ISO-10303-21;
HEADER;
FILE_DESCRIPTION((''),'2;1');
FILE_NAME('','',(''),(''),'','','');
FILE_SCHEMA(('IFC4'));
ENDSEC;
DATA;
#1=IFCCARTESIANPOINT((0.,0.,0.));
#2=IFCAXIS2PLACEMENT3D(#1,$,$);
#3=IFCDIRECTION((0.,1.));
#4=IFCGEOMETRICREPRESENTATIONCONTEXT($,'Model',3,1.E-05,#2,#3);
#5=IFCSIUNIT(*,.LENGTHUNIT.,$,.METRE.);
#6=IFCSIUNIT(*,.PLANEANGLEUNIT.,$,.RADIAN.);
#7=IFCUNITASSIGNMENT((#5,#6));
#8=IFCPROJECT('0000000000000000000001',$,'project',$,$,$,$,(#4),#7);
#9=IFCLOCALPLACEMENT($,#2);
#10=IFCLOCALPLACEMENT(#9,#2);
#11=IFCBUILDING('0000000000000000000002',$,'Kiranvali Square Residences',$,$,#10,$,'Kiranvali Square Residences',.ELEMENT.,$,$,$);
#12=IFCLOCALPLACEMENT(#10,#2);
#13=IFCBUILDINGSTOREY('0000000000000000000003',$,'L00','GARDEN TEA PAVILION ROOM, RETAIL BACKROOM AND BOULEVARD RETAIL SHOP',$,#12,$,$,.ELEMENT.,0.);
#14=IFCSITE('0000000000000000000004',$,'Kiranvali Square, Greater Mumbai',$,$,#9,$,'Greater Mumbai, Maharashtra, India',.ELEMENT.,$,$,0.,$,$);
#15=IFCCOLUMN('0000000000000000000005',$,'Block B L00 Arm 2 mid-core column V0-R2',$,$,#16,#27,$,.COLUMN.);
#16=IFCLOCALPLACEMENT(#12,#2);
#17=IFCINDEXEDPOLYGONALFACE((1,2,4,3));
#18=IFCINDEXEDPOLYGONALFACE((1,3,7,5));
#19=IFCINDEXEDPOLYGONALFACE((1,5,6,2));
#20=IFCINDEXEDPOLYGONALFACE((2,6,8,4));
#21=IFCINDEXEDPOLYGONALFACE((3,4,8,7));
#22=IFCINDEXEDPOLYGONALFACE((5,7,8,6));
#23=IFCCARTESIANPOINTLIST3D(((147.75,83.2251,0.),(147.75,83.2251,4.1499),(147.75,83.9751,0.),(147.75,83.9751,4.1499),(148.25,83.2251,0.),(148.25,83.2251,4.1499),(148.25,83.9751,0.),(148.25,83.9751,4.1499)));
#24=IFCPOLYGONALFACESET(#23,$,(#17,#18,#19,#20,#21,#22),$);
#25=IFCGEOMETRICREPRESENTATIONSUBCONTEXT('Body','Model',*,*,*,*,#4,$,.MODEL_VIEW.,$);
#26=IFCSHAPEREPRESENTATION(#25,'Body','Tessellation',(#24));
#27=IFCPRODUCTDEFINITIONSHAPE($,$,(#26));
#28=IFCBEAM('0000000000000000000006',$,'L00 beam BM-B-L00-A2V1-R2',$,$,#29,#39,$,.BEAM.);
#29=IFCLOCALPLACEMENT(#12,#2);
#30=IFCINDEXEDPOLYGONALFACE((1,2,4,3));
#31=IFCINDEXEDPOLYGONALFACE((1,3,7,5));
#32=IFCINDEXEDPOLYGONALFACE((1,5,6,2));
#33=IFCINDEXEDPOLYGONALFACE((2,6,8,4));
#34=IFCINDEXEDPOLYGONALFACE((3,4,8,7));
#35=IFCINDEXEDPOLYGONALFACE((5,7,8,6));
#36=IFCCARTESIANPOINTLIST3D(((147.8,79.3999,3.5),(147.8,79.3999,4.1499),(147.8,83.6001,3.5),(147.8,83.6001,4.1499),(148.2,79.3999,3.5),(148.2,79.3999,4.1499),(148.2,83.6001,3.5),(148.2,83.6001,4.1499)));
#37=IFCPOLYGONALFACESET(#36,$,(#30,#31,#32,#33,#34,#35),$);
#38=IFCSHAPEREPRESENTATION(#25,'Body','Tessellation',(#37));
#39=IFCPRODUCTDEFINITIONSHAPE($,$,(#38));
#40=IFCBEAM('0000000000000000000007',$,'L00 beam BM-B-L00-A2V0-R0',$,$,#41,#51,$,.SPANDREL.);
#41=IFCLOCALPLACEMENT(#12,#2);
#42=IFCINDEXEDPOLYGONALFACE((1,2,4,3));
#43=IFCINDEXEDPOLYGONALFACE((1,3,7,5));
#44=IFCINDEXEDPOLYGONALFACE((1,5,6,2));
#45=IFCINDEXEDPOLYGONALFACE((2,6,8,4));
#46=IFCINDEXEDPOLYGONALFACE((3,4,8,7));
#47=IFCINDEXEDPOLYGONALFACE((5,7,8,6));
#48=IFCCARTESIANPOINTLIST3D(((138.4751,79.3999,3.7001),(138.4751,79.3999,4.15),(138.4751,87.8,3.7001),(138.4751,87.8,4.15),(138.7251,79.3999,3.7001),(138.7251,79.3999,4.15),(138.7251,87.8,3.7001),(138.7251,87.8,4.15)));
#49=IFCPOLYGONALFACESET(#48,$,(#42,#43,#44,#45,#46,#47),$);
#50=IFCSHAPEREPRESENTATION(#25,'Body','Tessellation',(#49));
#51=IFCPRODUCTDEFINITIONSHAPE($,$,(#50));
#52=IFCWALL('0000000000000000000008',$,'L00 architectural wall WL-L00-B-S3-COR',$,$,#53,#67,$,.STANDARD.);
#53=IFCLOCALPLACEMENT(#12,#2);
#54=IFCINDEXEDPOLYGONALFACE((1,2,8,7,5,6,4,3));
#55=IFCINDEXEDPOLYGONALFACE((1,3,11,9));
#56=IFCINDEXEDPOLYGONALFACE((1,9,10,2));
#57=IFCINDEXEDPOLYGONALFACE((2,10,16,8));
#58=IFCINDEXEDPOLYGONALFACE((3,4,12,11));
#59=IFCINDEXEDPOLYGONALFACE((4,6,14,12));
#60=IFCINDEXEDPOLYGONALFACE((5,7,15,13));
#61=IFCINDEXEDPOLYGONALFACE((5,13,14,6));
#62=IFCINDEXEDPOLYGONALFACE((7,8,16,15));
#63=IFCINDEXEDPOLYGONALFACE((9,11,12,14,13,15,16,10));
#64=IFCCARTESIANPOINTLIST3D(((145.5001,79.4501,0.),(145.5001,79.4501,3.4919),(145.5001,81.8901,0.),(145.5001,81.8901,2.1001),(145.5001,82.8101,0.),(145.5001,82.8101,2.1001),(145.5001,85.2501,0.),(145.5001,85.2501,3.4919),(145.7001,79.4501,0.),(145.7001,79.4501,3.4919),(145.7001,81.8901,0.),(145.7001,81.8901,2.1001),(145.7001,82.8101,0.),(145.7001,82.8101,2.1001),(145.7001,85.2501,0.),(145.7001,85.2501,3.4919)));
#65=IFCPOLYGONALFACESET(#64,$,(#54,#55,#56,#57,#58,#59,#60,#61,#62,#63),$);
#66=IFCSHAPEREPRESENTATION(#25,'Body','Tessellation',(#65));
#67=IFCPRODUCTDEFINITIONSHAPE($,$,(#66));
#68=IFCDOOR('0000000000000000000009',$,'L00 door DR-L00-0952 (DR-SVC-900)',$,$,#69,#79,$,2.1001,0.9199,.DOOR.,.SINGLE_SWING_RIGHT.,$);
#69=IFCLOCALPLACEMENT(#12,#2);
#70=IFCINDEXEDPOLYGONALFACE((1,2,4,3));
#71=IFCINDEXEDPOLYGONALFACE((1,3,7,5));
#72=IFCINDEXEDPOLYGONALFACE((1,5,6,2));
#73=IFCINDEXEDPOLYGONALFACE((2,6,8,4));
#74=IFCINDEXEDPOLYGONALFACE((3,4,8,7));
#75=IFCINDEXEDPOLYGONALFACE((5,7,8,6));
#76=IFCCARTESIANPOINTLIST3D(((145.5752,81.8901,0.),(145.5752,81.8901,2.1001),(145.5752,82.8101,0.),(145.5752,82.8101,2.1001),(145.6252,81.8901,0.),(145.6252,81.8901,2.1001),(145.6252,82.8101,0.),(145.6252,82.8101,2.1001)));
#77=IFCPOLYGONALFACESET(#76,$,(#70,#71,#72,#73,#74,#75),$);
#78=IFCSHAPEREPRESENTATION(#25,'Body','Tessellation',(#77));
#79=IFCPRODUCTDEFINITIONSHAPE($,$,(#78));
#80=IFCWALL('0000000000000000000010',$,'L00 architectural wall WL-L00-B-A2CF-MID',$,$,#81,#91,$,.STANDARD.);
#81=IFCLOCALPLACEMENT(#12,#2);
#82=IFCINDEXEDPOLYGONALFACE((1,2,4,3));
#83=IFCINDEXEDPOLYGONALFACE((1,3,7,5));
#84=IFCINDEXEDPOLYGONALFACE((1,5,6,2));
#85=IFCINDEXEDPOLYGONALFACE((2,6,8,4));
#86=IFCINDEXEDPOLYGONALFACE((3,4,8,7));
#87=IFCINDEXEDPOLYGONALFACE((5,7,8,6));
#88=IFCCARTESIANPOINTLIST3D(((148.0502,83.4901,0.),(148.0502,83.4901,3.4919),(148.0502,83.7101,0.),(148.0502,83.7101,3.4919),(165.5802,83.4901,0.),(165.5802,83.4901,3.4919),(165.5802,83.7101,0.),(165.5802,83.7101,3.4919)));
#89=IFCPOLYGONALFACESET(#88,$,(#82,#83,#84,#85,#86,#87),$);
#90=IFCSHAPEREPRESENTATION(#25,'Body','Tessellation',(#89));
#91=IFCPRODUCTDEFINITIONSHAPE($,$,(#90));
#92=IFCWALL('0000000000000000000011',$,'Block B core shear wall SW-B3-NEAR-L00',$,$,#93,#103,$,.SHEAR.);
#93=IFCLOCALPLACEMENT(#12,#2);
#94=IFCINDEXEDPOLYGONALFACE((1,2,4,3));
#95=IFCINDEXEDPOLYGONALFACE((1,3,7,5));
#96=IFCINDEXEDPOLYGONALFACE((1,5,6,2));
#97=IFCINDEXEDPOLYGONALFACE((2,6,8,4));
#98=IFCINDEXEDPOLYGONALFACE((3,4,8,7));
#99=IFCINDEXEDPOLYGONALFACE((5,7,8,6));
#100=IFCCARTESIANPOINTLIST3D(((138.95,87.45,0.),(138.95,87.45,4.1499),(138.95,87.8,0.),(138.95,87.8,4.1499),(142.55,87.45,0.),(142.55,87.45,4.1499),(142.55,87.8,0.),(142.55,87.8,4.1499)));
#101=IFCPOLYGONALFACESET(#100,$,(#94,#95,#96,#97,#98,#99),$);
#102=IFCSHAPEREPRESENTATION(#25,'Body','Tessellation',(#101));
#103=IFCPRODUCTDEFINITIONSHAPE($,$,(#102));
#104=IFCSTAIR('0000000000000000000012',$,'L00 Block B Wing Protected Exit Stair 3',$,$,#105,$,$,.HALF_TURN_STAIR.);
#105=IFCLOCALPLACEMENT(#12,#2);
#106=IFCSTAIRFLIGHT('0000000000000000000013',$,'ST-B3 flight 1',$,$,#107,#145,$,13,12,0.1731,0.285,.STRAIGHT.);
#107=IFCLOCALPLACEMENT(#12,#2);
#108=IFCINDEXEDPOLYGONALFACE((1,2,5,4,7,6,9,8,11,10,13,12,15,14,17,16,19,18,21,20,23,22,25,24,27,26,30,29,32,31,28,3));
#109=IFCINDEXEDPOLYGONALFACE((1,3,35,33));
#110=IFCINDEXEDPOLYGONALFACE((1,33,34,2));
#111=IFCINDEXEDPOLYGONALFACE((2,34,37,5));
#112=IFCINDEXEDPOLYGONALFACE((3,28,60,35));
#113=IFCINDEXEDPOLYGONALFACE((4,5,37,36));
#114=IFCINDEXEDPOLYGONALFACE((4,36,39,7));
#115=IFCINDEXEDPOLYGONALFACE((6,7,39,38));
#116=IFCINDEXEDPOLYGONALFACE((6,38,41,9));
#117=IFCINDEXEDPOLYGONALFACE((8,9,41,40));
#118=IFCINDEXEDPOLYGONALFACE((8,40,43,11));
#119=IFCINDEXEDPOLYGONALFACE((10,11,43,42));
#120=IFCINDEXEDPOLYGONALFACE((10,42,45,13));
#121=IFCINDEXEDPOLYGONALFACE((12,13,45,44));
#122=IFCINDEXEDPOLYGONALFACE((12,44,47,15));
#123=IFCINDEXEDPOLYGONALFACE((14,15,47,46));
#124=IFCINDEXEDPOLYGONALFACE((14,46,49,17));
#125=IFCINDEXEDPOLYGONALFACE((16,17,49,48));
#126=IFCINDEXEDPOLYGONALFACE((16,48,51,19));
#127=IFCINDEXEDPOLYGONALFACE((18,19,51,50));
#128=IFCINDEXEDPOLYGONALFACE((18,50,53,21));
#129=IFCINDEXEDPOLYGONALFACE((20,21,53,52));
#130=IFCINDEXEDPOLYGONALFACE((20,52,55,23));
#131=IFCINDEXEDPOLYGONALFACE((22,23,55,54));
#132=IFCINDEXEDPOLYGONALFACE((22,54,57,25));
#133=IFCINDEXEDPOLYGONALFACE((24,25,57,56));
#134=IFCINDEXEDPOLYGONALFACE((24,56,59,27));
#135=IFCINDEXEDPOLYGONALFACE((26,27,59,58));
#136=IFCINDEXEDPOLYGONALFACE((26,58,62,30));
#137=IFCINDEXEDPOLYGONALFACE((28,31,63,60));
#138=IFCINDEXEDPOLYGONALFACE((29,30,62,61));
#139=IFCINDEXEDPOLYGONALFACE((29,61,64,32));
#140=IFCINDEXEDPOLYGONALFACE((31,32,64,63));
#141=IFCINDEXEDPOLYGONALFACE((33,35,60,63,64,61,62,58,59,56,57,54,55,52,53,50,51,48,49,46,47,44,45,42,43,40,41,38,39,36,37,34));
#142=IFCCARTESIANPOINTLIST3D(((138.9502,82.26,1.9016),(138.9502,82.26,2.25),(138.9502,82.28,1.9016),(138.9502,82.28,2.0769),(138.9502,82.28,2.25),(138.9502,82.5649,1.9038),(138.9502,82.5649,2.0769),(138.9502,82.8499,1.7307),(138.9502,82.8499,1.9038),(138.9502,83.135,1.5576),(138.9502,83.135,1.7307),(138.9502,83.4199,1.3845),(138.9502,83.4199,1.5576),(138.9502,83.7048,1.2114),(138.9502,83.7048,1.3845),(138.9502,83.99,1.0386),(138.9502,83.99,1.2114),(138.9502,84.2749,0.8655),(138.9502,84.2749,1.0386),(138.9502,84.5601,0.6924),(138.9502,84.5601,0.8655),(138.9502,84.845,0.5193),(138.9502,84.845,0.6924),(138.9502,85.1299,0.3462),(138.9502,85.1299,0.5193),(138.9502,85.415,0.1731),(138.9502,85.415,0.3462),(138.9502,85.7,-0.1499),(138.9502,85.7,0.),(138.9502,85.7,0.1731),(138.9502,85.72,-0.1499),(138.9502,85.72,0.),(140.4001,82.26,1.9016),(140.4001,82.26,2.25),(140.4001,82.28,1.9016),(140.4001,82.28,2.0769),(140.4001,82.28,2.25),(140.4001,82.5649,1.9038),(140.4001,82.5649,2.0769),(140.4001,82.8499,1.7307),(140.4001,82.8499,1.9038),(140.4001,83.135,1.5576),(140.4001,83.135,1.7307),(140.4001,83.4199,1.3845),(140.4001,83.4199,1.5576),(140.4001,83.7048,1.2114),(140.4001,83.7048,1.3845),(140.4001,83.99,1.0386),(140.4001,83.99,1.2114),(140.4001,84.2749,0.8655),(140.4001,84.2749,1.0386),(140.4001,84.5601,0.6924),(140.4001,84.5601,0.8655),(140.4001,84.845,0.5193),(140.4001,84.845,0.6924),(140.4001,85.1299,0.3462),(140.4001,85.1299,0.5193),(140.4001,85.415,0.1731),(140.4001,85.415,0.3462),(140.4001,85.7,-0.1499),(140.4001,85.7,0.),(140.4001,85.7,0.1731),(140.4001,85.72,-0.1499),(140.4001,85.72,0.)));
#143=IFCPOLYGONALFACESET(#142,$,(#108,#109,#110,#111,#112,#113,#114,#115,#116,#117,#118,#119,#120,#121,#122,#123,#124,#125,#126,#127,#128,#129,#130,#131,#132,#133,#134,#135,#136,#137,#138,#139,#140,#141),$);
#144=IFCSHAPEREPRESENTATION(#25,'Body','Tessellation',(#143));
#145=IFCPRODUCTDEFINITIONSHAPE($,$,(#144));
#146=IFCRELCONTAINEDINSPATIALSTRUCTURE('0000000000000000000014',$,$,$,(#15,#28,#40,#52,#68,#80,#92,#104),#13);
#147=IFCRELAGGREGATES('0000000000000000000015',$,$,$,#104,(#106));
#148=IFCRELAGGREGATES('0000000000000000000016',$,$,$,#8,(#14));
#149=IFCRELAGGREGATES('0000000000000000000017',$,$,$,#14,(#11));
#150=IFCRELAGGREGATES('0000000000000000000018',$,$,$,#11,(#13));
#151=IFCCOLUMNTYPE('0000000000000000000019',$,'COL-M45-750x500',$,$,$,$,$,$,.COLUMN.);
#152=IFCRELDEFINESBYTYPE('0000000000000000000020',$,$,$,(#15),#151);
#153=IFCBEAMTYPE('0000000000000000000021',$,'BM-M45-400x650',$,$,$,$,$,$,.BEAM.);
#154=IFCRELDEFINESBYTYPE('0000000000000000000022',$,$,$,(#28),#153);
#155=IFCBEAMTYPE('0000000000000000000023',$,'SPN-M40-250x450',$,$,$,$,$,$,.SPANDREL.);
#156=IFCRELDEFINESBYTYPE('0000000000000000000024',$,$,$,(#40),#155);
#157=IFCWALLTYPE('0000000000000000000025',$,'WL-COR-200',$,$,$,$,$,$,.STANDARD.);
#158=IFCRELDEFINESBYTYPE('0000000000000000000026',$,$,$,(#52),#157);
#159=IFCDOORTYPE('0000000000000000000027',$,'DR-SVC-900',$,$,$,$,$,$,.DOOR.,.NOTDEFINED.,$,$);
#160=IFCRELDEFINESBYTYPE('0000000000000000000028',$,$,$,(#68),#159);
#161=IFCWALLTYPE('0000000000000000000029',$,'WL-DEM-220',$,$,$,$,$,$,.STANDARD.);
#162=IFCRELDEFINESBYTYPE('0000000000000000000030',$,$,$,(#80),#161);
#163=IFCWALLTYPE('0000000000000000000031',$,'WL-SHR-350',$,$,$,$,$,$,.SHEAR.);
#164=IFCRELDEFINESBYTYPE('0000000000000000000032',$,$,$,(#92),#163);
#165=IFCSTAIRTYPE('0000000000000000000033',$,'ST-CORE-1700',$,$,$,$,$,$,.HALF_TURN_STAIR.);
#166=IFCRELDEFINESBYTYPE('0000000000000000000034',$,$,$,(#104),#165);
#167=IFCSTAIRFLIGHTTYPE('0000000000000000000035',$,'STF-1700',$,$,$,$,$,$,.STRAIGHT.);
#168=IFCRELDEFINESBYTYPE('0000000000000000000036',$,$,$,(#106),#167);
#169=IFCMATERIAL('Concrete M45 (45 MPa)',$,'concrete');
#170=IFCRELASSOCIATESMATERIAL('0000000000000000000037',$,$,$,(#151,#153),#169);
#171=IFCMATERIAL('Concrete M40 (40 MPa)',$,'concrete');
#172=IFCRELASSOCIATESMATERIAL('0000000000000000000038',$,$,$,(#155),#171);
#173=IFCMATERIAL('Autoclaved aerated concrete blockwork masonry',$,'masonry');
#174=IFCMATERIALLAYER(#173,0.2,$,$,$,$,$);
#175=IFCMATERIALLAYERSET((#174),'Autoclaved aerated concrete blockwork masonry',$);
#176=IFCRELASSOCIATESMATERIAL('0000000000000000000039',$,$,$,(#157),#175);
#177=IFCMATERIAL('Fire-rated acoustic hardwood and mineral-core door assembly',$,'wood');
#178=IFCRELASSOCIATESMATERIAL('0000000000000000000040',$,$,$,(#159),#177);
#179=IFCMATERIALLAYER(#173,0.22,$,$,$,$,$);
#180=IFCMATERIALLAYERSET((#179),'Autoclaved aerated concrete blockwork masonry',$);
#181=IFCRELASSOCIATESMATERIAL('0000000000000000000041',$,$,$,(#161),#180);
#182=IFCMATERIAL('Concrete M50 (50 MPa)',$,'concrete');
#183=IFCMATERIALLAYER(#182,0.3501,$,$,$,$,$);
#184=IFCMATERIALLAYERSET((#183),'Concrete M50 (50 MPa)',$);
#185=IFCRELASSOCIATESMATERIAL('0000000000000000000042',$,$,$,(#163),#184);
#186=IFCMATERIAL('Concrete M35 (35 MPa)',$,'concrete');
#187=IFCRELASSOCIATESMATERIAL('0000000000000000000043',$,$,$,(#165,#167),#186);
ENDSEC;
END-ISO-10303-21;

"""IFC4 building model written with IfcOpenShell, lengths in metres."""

from ifc_helpers import new_model, si_unit, direction, frame, frame_2d, origin, origin_2d, place, context, subcontext, project, spatial, polyline, rectangle, outline, extrude, material, layer, layer_set, material_profile, profile_set, type_object, element, fill, aggregate, save


model = new_model("IFC4")

# Units and contexts
model_context = context("Model", 3, precision=1e-05, world=origin(), true_north=direction((0.0, 1.0)))
body_context = subcontext(model_context, "Body", "Model", "MODEL_VIEW")
ifc_project = project(units=[si_unit("LENGTHUNIT", "METRE"), si_unit("PLANEANGLEUNIT", "RADIAN")], contexts=[model_context])

# Site, building, storey
site_placement = place(None, origin())
site = spatial("IfcSite", under=ifc_project, at=site_placement, Name="Kiranvali Square, Greater Mumbai", LongName="Greater Mumbai, Maharashtra, India", CompositionType="ELEMENT", RefElevation=0.0)
building_placement = place(site_placement, origin())
building = spatial("IfcBuilding", under=site, at=building_placement, Name="Kiranvali Square Residences", LongName="Kiranvali Square Residences", CompositionType="ELEMENT")
storey_placement = place(building_placement, origin())
storey = spatial("IfcBuildingStorey", under=building, at=storey_placement, Name="L00", Description="GARDEN TEA PAVILION ROOM, RETAIL BACKROOM AND BOULEVARD RETAIL SHOP", CompositionType="ELEMENT", Elevation=0.0)

# Column
ifc_material_1 = material(Name="Concrete M45 (45 MPa)", Category="concrete")
ifc_material_profile_1 = material_profile(ifc_material_1, rectangle(XDim=0.5, YDim=0.75, at=origin_2d()), Name="RC 750x500")
ifc_profile_set_1 = profile_set([ifc_material_profile_1], Name="Concrete M45 (45 MPa)")
column_type = type_object("IfcColumnType", Name="COL-M45-750x500", PredefinedType="COLUMN", material=ifc_profile_set_1)
column_placement = place(storey_placement, frame((148.0, 83.6001, 0.0), z_axis=(0.0, 0.0, 1.0), x_axis=(1.0, 0.0, 0.0)))
element("IfcColumn", 1, at=column_placement, inside=storey, type_object=column_type, Name="Block B L00 Arm 2 mid-core column V0-R2", PredefinedType="COLUMN", context=body_context, shape_type="SweptSolid", body=[
    extrude(rectangle(XDim=0.5, YDim=0.75, at=origin_2d()), origin(), (0.0, 0.0, 1.0), 4.1499),
])

# Beams
ifc_material_profile_2 = material_profile(ifc_material_1, rectangle(XDim=0.3999, YDim=0.6499, at=origin_2d()), Name="RC 400x650")
ifc_profile_set_2 = profile_set([ifc_material_profile_2], Name="Concrete M45 (45 MPa)")
beam_type_1 = type_object("IfcBeamType", Name="BM-M45-400x650", PredefinedType="BEAM", material=ifc_profile_set_2)
beam_1_placement = place(storey_placement, frame((148.0, 83.6001, 3.825), z_axis=(0.0, -1.0, 0.0), x_axis=(1.0, 0.0, 0.0)))
element("IfcBeam", 2, at=beam_1_placement, inside=storey, type_object=beam_type_1, Name="L00 beam BM-B-L00-A2V1-R2", PredefinedType="BEAM", context=body_context, shape_type="SweptSolid", body=[
    extrude(rectangle(XDim=0.3999, YDim=0.6499, at=origin_2d()), origin(), (0.0, 0.0, 1.0), 4.2002),
])
ifc_material_2 = material(Name="Concrete M40 (40 MPa)", Category="concrete")
ifc_material_profile_3 = material_profile(ifc_material_2, rectangle(XDim=0.25, YDim=0.45, at=origin_2d()), Name="RC 250x450")
ifc_profile_set_3 = profile_set([ifc_material_profile_3], Name="Concrete M40 (40 MPa)")
beam_type_2 = type_object("IfcBeamType", Name="SPN-M40-250x450", PredefinedType="SPANDREL", material=ifc_profile_set_3)
beam_2_placement = place(storey_placement, frame((138.6001, 87.8, 3.925), z_axis=(0.0, -1.0, 0.0), x_axis=(1.0, 0.0, 0.0)))
element("IfcBeam", 3, at=beam_2_placement, inside=storey, type_object=beam_type_2, Name="L00 beam BM-B-L00-A2V0-R0", PredefinedType="SPANDREL", context=body_context, shape_type="SweptSolid", body=[
    extrude(rectangle(XDim=0.25, YDim=0.45, at=origin_2d()), origin(), (0.0, 0.0, 1.0), 8.4001),
])

# Wall, opening, door
ifc_material_3 = material(Name="Autoclaved aerated concrete blockwork masonry", Category="masonry")
ifc_layer_1 = layer(ifc_material_3, 0.2)
ifc_layer_set_1 = layer_set([ifc_layer_1], Name="Autoclaved aerated concrete blockwork masonry")
wall_type_1 = type_object("IfcWallType", Name="WL-COR-200", PredefinedType="STANDARD", material=ifc_layer_set_1)
ifc_material_4 = material(Name="Fire-rated acoustic hardwood and mineral-core door assembly", Category="wood")
wall_1_placement = place(storey_placement, frame((145.6001, 85.25, 0.0), z_axis=(0.0, 0.0, 1.0), x_axis=(0.0, -1.0, 0.0)))
wall_1 = element("IfcWall", 4, at=wall_1_placement, inside=storey, type_object=wall_type_1, Name="L00 architectural wall WL-L00-B-S3-COR", PredefinedType="STANDARD", context=body_context, shape_type="SweptSolid", body=[
    extrude(rectangle(XDim=5.8, YDim=0.2, at=frame_2d((2.8999, 0.0))), origin(), (0.0, 0.0, 1.0), 3.4919),
])
opening_1_placement = place(wall_1_placement, frame((2.4399, 0.0, 0.0)))
opening_1 = element("IfcOpeningElement", 5, at=opening_1_placement, cuts=wall_1, PredefinedType="OPENING", context=body_context, shape_type="SweptSolid", body=[
    extrude(rectangle(XDim=0.9199, YDim=2.1001, at=frame_2d((0.46, 1.05))), frame((0.0, 0.1099, 0.0), z_axis=(0.0, -1.0, 0.0), x_axis=(1.0, 0.0, 0.0)), (0.0, 0.0, 1.0), 0.22),
])
door_type_1 = type_object("IfcDoorType", Name="DR-SVC-900", OperationType="NOTDEFINED", PredefinedType="DOOR", material=ifc_material_4)
door_1_placement = place(opening_1_placement, frame((0.9199, 0.0, 0.0), z_axis=(0.0, 0.0, 1.0), x_axis=(-1.0, 0.0, 0.0)))
door_1 = element("IfcDoor", 6, at=door_1_placement, inside=storey, type_object=door_type_1, Name="L00 door DR-L00-0952 (DR-SVC-900)", OperationType="SINGLE_SWING_RIGHT", OverallHeight=2.1001, OverallWidth=0.9199, PredefinedType="DOOR", context=body_context, shape_type="SweptSolid", body=[
    extrude(rectangle(XDim=0.9199, YDim=2.1001, at=frame_2d((0.46, 1.05))), frame((0.0, 0.0249, 0.0), z_axis=(0.0, -1.0, 0.0), x_axis=(1.0, 0.0, 0.0)), (0.0, 0.0, 1.0), 0.05),
])
fill(opening_1, door_1)

# Wall
ifc_layer_2 = layer(ifc_material_3, 0.22)
ifc_layer_set_2 = layer_set([ifc_layer_2], Name="Autoclaved aerated concrete blockwork masonry")
wall_type_2 = type_object("IfcWallType", Name="WL-DEM-220", PredefinedType="STANDARD", material=ifc_layer_set_2)
wall_2_placement = place(storey_placement, frame((148.05, 83.6001, 0.0), z_axis=(0.0, 0.0, 1.0), x_axis=(1.0, 0.0, 0.0)))
element("IfcWall", 7, at=wall_2_placement, inside=storey, type_object=wall_type_2, Name="L00 architectural wall WL-L00-B-A2CF-MID", PredefinedType="STANDARD", context=body_context, shape_type="SweptSolid", body=[
    extrude(rectangle(XDim=17.53, YDim=0.22, at=frame_2d((8.7651, 0.0))), origin(), (0.0, 0.0, 1.0), 3.4919),
])

# Shared definitions
ifc_material_5 = material(Name="Concrete M50 (50 MPa)", Category="concrete")
ifc_layer_3 = layer(ifc_material_5, 0.3501)
ifc_layer_set_3 = layer_set([ifc_layer_3], Name="Concrete M50 (50 MPa)")
wall_type_3 = type_object("IfcWallType", Name="WL-SHR-350", PredefinedType="SHEAR", material=ifc_layer_set_3)

# Wall
wall_3_placement = place(storey_placement, frame((138.95, 87.625, 0.0), z_axis=(0.0, 0.0, 1.0), x_axis=(1.0, 0.0, 0.0)))
element("IfcWall", 8, at=wall_3_placement, inside=storey, type_object=wall_type_3, Name="Block B core shear wall SW-B3-NEAR-L00", PredefinedType="SHEAR", context=body_context, shape_type="SweptSolid", body=[
    extrude(rectangle(XDim=3.6001, YDim=0.3501, at=frame_2d((1.8, 0.0))), origin(), (0.0, 0.0, 1.0), 4.1499),
])

# Stair, stair flight
ifc_material_6 = material(Name="Concrete M35 (35 MPa)", Category="concrete")
stair_type = type_object("IfcStairType", Name="ST-CORE-1700", PredefinedType="HALF_TURN_STAIR", material=ifc_material_6)
stair_placement = place(storey_placement, origin())
stair = element("IfcStair", 9, at=stair_placement, inside=storey, type_object=stair_type, Name="L00 Block B Wing Protected Exit Stair 3", PredefinedType="HALF_TURN_STAIR")
stair_flight_type = type_object("IfcStairFlightType", Name="STF-1700", PredefinedType="STRAIGHT", material=ifc_material_6)
stair_flight_1_placement = place(storey_placement, frame((139.675, 85.7, 0.0), z_axis=(0.0, 0.0, 1.0), x_axis=(0.0, -1.0, 0.0)))
stair_flight_1 = element("IfcStairFlight", 10, at=stair_flight_1_placement, type_object=stair_flight_type, Name="ST-B3 flight 1", NumberOfRisers=13, NumberOfTreads=12, PredefinedType="STRAIGHT", RiserHeight=0.1731, TreadLength=0.285, context=body_context, shape_type="SweptSolid", body=[
    extrude(outline(polyline([(-0.02, -0.1499), (-0.02, 0.0), (0.0, 0.0), (0.0, 0.1731), (0.2849, 0.1731), (0.2849, 0.3462), (0.5701, 0.3462), (0.5701, 0.5193), (0.855, 0.5193), (0.855, 0.6924), (1.1399, 0.6924), (1.1399, 0.8655), (1.425, 0.8655), (1.425, 1.0386), (1.71, 1.0386), (1.71, 1.2114), (1.9951, 1.2114), (1.9951, 1.3845), (2.28, 1.3845), (2.28, 1.5576), (2.5649, 1.5576), (2.5649, 1.7307), (2.8501, 1.7307), (2.8501, 1.9038), (3.135, 1.9038), (3.135, 2.0769), (3.4199, 2.0769), (3.4199, 2.25), (3.4399, 2.25), (3.4399, 1.9016), (3.4199, 1.9016), (0.0, -0.1499), (-0.02, -0.1499)])), frame((0.0, 0.7251, 0.0), z_axis=(0.0, -1.0, 0.0), x_axis=(1.0, 0.0, 0.0)), (0.0, 0.0, 1.0), 1.45),
])
aggregate(stair, [stair_flight_1])

save(model, "model.ifc")
